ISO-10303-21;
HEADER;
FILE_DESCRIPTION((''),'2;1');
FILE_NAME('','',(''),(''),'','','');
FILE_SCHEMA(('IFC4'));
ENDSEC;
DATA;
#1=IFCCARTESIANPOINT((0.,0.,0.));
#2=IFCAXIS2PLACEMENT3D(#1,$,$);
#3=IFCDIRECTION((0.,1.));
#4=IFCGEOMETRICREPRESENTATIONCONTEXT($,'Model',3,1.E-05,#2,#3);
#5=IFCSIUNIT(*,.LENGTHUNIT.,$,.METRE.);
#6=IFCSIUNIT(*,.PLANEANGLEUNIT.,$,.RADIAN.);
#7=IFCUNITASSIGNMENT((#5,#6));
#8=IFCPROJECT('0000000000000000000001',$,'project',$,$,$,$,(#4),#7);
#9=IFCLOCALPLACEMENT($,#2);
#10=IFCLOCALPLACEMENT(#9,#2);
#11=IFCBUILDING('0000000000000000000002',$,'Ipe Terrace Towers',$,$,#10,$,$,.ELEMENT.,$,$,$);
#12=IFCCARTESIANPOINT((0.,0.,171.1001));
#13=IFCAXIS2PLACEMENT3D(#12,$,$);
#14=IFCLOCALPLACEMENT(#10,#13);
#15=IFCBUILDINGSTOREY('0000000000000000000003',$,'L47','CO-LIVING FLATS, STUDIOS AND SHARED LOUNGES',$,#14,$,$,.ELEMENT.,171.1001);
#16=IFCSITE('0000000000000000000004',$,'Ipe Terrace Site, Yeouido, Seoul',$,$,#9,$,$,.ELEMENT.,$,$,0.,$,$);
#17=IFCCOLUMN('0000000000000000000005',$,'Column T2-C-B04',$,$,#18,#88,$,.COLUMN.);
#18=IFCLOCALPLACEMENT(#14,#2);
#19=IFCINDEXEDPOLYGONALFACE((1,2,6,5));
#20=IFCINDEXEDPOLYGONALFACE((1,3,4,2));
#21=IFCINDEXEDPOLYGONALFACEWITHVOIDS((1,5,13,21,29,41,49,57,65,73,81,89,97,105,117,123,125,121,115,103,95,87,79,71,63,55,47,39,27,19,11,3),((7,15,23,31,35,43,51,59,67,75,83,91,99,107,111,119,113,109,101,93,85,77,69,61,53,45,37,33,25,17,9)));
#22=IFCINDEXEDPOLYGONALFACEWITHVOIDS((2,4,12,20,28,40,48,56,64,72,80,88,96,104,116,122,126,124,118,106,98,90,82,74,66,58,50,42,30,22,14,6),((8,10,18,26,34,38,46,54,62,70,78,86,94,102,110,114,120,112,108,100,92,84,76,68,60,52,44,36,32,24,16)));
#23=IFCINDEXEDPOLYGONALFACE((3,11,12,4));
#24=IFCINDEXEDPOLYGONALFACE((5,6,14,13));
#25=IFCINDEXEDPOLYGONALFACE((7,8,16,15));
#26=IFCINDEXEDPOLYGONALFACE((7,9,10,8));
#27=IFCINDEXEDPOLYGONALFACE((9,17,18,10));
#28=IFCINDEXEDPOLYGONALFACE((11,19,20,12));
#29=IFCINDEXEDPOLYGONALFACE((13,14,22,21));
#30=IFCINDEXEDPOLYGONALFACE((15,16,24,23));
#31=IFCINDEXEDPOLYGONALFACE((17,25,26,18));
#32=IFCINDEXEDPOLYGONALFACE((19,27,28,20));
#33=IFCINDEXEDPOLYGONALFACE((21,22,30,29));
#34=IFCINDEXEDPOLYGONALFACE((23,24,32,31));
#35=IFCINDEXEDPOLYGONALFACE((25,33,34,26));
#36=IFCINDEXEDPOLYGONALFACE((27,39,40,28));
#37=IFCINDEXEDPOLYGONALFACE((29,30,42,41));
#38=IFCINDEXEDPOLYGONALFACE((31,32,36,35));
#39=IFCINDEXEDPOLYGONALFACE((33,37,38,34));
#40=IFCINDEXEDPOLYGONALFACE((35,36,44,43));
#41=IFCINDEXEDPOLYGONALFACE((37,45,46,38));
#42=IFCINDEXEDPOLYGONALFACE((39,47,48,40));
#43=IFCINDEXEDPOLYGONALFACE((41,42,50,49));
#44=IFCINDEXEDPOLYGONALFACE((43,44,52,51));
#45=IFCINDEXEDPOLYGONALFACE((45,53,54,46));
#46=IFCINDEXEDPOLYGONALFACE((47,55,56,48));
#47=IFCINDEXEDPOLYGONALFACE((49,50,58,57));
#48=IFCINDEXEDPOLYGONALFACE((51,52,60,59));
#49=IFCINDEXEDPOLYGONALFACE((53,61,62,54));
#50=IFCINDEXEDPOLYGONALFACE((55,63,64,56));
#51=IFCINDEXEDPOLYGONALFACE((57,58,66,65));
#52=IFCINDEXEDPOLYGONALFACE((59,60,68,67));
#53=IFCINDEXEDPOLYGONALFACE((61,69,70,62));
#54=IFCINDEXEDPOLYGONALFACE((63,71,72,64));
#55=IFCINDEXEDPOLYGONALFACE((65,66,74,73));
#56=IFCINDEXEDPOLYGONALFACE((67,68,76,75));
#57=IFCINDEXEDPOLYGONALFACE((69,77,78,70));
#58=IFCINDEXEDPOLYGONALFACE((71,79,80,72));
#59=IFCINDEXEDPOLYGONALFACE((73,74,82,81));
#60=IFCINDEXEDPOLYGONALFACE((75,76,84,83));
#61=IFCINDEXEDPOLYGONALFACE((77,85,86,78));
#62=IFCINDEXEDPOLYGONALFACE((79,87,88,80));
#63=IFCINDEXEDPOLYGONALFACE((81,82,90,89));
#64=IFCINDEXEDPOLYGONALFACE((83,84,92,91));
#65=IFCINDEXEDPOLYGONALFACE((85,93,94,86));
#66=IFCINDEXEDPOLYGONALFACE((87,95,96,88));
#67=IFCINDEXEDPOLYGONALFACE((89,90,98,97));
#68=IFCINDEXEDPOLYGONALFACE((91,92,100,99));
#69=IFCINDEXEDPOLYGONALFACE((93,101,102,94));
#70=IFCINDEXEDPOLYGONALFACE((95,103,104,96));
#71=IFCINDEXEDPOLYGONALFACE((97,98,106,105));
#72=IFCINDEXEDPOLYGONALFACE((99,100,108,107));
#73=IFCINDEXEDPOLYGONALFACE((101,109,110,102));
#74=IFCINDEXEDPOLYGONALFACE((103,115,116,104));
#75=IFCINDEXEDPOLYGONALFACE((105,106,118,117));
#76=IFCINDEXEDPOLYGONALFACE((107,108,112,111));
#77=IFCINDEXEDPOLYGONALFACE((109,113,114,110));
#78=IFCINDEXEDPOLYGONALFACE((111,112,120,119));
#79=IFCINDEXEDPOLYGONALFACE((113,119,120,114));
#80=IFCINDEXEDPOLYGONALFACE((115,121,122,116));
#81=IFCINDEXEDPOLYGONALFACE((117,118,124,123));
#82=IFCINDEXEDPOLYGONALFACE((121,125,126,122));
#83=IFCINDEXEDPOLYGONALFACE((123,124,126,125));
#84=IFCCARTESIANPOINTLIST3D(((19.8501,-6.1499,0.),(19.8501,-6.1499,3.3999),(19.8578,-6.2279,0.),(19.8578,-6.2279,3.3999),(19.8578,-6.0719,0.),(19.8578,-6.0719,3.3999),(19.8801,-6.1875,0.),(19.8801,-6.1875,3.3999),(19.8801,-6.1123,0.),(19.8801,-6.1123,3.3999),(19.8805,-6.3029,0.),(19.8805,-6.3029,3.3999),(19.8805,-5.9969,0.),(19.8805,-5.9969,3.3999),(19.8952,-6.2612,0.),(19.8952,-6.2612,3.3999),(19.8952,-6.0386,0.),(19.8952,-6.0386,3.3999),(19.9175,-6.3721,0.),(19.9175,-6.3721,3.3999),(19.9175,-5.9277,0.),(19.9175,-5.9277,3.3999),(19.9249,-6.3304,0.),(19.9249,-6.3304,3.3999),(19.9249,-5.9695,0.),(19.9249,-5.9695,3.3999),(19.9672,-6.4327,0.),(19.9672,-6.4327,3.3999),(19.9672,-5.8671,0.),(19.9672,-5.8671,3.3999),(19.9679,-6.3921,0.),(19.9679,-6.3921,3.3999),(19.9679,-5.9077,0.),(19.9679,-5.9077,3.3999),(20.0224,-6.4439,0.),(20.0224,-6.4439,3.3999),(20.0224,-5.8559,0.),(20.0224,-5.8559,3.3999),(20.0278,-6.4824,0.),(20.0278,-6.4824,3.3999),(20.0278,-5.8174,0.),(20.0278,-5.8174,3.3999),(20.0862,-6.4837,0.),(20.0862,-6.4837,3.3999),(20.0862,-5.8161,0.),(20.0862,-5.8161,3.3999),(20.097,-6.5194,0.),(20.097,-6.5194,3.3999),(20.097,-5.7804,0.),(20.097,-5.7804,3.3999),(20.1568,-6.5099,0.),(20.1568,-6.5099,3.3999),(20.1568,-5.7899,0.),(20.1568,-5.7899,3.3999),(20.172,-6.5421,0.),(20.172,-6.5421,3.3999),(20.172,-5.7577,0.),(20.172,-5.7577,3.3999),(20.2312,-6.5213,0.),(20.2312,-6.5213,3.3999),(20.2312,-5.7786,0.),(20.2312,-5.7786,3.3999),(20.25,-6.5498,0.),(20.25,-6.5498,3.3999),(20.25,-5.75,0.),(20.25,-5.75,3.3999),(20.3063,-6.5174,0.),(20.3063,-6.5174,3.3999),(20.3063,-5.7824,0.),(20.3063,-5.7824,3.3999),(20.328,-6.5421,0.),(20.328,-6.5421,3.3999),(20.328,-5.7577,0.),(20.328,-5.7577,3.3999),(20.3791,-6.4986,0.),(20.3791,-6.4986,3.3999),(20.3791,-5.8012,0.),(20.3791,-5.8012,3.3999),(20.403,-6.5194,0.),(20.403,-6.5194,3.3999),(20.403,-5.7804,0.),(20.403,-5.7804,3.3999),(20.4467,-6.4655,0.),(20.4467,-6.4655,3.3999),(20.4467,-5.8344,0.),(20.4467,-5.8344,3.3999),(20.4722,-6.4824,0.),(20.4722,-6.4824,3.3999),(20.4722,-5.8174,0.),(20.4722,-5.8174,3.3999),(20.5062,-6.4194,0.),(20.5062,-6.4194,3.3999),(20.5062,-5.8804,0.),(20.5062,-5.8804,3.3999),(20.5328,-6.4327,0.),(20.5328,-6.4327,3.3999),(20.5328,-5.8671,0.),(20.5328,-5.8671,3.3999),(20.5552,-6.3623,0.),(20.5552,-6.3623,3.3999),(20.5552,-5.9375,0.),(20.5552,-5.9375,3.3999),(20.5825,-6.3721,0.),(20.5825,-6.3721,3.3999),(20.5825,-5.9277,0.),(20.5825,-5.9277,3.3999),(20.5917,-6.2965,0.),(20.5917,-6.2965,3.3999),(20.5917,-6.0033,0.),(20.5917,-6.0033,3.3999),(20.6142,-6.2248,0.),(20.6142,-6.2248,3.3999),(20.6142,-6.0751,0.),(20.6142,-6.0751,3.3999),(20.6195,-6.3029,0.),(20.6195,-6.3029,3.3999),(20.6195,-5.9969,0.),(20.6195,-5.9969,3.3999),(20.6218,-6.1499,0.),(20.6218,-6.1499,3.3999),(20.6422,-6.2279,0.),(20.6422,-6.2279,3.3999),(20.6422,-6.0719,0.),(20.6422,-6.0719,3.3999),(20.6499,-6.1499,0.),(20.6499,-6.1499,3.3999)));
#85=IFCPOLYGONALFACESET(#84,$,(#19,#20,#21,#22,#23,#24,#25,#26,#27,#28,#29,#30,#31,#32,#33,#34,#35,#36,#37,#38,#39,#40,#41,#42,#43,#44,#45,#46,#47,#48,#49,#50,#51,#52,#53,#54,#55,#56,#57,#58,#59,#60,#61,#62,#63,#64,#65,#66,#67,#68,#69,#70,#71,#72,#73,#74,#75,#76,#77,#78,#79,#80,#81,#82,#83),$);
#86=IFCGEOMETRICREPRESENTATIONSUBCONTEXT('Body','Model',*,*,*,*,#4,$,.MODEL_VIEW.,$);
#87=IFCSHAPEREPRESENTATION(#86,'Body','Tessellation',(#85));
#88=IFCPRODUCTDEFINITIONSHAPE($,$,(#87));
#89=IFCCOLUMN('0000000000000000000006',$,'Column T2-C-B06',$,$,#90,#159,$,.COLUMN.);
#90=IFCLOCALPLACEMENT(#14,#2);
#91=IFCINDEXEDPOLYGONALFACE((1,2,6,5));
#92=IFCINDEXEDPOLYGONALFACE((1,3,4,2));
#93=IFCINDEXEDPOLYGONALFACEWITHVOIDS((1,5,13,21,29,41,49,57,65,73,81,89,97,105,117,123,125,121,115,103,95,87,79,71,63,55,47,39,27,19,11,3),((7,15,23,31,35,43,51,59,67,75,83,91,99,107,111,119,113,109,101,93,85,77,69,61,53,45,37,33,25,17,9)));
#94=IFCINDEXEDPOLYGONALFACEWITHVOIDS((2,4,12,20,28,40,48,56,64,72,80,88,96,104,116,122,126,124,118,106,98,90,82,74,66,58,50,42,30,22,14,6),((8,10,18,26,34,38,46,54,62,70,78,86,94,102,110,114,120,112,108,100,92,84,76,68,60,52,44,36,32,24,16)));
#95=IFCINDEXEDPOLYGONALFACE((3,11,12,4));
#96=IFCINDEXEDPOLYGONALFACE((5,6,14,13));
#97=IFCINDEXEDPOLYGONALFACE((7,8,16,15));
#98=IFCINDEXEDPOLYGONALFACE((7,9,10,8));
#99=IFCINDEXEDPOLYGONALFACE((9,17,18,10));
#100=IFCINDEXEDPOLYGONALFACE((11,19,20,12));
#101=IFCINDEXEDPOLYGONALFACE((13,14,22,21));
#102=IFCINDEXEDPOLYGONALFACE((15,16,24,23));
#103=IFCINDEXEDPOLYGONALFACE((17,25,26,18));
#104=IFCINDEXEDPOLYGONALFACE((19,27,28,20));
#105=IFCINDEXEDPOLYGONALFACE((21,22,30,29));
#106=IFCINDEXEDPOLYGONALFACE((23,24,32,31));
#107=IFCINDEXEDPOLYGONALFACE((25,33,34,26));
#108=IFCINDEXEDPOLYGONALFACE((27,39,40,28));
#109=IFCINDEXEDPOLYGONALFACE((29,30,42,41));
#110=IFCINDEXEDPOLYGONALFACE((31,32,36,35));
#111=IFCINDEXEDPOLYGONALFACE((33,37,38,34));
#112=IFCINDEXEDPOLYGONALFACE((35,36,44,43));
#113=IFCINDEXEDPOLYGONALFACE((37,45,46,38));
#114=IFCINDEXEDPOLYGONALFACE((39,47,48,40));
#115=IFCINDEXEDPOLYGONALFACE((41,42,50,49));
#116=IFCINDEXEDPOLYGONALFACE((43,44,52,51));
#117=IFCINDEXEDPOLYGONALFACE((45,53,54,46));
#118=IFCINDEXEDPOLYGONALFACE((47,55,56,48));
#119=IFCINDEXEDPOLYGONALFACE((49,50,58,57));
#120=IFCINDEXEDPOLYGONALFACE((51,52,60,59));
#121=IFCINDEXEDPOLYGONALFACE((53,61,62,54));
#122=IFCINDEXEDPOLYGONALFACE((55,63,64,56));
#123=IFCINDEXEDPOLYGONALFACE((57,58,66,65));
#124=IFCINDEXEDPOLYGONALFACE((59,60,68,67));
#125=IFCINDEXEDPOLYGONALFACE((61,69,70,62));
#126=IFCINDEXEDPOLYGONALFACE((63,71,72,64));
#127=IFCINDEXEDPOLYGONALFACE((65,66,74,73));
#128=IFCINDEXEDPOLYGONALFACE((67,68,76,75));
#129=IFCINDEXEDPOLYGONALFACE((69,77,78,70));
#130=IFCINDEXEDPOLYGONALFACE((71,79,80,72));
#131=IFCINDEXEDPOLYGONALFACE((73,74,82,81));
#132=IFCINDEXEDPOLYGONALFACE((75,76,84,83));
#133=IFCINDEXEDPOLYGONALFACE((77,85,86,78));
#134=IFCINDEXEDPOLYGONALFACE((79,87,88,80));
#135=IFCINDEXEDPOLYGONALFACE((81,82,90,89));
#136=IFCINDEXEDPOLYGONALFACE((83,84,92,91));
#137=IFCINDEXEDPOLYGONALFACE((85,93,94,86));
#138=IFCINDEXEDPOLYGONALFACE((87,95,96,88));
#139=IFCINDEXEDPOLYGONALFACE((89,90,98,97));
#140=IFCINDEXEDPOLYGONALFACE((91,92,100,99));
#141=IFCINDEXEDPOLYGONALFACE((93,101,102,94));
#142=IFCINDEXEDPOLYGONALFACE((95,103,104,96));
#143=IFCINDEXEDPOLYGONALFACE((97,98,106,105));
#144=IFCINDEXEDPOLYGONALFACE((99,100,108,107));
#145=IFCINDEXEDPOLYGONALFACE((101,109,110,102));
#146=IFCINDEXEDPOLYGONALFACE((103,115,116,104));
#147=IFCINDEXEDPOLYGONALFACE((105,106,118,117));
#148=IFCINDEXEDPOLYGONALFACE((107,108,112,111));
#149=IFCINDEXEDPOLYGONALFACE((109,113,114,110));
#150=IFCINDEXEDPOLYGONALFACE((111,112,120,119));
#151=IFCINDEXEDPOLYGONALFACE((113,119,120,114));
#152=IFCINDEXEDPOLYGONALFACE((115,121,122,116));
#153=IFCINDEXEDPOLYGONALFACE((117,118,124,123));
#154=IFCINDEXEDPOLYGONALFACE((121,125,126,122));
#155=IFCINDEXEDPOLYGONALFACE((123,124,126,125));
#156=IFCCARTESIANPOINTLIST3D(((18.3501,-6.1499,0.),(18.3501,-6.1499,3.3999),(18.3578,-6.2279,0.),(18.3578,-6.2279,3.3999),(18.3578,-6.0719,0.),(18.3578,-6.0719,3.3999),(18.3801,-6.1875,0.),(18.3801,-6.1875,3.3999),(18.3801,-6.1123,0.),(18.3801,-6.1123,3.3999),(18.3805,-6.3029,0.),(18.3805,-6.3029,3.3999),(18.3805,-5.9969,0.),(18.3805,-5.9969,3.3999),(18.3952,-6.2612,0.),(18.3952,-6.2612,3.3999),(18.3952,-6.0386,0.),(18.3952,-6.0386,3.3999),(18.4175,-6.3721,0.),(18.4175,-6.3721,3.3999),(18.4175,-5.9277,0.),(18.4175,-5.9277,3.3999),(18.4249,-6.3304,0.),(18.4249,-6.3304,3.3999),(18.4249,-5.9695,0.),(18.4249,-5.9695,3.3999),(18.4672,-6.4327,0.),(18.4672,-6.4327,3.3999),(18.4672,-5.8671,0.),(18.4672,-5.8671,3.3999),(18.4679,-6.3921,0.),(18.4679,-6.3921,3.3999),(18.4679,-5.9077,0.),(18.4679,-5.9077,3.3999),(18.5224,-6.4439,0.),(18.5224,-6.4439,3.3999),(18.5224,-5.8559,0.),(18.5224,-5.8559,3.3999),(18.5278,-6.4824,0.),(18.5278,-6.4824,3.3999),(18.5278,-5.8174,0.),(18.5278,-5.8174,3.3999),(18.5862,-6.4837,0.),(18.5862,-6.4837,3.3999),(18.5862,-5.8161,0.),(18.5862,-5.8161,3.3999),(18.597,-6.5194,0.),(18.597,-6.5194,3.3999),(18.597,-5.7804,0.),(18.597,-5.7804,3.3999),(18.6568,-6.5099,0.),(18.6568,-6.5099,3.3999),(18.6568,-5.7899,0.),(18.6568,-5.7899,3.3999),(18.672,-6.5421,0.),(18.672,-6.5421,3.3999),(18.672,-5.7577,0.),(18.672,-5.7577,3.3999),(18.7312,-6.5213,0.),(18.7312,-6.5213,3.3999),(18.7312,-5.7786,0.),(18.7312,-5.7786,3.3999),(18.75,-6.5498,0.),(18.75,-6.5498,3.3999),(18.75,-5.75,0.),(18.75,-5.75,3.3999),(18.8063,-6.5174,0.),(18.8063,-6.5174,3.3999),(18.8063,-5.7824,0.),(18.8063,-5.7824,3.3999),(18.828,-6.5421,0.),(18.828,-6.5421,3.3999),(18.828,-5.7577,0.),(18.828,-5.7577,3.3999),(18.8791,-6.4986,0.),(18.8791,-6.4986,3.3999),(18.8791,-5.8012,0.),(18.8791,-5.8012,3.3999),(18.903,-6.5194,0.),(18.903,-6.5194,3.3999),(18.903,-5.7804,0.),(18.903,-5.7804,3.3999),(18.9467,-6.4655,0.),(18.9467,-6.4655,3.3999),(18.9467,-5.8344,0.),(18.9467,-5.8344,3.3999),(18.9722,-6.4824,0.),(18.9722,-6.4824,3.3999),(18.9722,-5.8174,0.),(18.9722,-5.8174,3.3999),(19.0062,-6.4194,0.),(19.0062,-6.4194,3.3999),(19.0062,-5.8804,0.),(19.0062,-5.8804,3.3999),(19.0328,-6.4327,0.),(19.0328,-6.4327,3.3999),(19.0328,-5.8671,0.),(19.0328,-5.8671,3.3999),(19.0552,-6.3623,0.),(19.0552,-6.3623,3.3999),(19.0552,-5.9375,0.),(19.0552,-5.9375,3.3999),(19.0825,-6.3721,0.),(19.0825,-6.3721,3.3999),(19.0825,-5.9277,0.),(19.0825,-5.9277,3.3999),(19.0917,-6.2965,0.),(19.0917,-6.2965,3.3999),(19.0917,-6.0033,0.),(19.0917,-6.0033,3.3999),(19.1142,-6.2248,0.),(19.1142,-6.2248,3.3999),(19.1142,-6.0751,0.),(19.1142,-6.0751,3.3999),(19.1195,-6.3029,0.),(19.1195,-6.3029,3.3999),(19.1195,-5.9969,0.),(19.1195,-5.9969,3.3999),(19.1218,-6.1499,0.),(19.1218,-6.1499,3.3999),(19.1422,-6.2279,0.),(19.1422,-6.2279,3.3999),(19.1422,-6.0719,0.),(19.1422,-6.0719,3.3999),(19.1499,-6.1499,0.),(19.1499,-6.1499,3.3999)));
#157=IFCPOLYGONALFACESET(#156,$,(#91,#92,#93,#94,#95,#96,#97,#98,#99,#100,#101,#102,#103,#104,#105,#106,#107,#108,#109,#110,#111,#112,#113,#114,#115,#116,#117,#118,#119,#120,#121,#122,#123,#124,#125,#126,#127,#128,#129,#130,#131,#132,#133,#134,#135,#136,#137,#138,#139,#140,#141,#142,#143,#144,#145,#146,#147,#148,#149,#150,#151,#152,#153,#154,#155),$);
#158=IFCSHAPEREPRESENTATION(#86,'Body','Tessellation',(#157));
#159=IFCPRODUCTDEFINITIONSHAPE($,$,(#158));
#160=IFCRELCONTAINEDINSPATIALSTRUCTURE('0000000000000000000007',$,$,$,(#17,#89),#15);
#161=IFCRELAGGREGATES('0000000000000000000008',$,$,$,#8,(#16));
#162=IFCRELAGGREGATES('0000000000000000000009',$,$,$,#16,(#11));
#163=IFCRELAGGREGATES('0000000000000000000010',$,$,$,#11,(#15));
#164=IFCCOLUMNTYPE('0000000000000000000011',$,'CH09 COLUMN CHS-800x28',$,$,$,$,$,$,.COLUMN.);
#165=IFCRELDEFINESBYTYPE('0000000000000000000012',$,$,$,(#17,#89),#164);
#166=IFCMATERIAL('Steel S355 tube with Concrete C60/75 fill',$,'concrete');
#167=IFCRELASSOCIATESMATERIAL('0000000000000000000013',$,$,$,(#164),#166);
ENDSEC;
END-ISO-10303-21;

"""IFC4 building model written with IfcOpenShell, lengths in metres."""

from ifc_helpers import new_model, si_unit, direction, frame, origin, origin_2d, place, context, subcontext, project, spatial, hollow_circle, extrude, material, material_profile, profile_set, type_object, element, save


model = new_model("IFC4")

# Units and contexts
model_context = context("Model", 3, precision=1e-05, world=origin(), true_north=direction((0.0, 1.0)))
body_context = subcontext(model_context, "Body", "Model", "MODEL_VIEW")
ifc_project = project(units=[si_unit("LENGTHUNIT", "METRE"), si_unit("PLANEANGLEUNIT", "RADIAN")], contexts=[model_context])

# Site, building, storey
site_placement = place(None, origin())
site = spatial("IfcSite", under=ifc_project, at=site_placement, Name="Ipe Terrace Site, Yeouido, Seoul", CompositionType="ELEMENT", RefElevation=0.0)
building_placement = place(site_placement, origin())
building = spatial("IfcBuilding", under=site, at=building_placement, Name="Ipe Terrace Towers", CompositionType="ELEMENT")
storey_placement = place(building_placement, frame((0.0, 0.0, 171.1001)))
storey = spatial("IfcBuildingStorey", under=building, at=storey_placement, Name="L47", Description="CO-LIVING FLATS, STUDIOS AND SHARED LOUNGES", CompositionType="ELEMENT", Elevation=171.1001)

# Columns
ifc_material_1 = material(Name="Steel S355 tube with Concrete C60/75 fill", Category="concrete")
ifc_material_profile_1 = material_profile(ifc_material_1, hollow_circle(Radius=0.3999, WallThickness=0.0281, at=origin_2d()), Name="CHS-800x28")
ifc_profile_set_1 = profile_set([ifc_material_profile_1], Name="Steel S355 tube with Concrete C60/75 fill")
column_type_1 = type_object("IfcColumnType", Name="CH09 COLUMN CHS-800x28", PredefinedType="COLUMN", material=ifc_profile_set_1)
for number, where, z_axis, x_axis, name in (
    (1, (20.25, -6.1499, 0.0), (0.0, 0.0, 1.0), (1.0, 0.0, 0.0), "Column T2-C-B04"),
    (2, (18.75, -6.1499, 0.0), (0.0, 0.0, 1.0), (1.0, 0.0, 0.0), "Column T2-C-B06"),
):
    element("IfcColumn", number, at=place(storey_placement, frame(where, z_axis=z_axis, x_axis=x_axis)), inside=storey, type_object=column_type_1, Name=name, PredefinedType="COLUMN", context=body_context, shape_type="SweptSolid", body=[
        extrude(hollow_circle(Radius=0.3999, WallThickness=0.0281, at=origin_2d()), origin(), (0.0, 0.0, 1.0), 3.3999),
    ])

save(model, "model.ifc")
